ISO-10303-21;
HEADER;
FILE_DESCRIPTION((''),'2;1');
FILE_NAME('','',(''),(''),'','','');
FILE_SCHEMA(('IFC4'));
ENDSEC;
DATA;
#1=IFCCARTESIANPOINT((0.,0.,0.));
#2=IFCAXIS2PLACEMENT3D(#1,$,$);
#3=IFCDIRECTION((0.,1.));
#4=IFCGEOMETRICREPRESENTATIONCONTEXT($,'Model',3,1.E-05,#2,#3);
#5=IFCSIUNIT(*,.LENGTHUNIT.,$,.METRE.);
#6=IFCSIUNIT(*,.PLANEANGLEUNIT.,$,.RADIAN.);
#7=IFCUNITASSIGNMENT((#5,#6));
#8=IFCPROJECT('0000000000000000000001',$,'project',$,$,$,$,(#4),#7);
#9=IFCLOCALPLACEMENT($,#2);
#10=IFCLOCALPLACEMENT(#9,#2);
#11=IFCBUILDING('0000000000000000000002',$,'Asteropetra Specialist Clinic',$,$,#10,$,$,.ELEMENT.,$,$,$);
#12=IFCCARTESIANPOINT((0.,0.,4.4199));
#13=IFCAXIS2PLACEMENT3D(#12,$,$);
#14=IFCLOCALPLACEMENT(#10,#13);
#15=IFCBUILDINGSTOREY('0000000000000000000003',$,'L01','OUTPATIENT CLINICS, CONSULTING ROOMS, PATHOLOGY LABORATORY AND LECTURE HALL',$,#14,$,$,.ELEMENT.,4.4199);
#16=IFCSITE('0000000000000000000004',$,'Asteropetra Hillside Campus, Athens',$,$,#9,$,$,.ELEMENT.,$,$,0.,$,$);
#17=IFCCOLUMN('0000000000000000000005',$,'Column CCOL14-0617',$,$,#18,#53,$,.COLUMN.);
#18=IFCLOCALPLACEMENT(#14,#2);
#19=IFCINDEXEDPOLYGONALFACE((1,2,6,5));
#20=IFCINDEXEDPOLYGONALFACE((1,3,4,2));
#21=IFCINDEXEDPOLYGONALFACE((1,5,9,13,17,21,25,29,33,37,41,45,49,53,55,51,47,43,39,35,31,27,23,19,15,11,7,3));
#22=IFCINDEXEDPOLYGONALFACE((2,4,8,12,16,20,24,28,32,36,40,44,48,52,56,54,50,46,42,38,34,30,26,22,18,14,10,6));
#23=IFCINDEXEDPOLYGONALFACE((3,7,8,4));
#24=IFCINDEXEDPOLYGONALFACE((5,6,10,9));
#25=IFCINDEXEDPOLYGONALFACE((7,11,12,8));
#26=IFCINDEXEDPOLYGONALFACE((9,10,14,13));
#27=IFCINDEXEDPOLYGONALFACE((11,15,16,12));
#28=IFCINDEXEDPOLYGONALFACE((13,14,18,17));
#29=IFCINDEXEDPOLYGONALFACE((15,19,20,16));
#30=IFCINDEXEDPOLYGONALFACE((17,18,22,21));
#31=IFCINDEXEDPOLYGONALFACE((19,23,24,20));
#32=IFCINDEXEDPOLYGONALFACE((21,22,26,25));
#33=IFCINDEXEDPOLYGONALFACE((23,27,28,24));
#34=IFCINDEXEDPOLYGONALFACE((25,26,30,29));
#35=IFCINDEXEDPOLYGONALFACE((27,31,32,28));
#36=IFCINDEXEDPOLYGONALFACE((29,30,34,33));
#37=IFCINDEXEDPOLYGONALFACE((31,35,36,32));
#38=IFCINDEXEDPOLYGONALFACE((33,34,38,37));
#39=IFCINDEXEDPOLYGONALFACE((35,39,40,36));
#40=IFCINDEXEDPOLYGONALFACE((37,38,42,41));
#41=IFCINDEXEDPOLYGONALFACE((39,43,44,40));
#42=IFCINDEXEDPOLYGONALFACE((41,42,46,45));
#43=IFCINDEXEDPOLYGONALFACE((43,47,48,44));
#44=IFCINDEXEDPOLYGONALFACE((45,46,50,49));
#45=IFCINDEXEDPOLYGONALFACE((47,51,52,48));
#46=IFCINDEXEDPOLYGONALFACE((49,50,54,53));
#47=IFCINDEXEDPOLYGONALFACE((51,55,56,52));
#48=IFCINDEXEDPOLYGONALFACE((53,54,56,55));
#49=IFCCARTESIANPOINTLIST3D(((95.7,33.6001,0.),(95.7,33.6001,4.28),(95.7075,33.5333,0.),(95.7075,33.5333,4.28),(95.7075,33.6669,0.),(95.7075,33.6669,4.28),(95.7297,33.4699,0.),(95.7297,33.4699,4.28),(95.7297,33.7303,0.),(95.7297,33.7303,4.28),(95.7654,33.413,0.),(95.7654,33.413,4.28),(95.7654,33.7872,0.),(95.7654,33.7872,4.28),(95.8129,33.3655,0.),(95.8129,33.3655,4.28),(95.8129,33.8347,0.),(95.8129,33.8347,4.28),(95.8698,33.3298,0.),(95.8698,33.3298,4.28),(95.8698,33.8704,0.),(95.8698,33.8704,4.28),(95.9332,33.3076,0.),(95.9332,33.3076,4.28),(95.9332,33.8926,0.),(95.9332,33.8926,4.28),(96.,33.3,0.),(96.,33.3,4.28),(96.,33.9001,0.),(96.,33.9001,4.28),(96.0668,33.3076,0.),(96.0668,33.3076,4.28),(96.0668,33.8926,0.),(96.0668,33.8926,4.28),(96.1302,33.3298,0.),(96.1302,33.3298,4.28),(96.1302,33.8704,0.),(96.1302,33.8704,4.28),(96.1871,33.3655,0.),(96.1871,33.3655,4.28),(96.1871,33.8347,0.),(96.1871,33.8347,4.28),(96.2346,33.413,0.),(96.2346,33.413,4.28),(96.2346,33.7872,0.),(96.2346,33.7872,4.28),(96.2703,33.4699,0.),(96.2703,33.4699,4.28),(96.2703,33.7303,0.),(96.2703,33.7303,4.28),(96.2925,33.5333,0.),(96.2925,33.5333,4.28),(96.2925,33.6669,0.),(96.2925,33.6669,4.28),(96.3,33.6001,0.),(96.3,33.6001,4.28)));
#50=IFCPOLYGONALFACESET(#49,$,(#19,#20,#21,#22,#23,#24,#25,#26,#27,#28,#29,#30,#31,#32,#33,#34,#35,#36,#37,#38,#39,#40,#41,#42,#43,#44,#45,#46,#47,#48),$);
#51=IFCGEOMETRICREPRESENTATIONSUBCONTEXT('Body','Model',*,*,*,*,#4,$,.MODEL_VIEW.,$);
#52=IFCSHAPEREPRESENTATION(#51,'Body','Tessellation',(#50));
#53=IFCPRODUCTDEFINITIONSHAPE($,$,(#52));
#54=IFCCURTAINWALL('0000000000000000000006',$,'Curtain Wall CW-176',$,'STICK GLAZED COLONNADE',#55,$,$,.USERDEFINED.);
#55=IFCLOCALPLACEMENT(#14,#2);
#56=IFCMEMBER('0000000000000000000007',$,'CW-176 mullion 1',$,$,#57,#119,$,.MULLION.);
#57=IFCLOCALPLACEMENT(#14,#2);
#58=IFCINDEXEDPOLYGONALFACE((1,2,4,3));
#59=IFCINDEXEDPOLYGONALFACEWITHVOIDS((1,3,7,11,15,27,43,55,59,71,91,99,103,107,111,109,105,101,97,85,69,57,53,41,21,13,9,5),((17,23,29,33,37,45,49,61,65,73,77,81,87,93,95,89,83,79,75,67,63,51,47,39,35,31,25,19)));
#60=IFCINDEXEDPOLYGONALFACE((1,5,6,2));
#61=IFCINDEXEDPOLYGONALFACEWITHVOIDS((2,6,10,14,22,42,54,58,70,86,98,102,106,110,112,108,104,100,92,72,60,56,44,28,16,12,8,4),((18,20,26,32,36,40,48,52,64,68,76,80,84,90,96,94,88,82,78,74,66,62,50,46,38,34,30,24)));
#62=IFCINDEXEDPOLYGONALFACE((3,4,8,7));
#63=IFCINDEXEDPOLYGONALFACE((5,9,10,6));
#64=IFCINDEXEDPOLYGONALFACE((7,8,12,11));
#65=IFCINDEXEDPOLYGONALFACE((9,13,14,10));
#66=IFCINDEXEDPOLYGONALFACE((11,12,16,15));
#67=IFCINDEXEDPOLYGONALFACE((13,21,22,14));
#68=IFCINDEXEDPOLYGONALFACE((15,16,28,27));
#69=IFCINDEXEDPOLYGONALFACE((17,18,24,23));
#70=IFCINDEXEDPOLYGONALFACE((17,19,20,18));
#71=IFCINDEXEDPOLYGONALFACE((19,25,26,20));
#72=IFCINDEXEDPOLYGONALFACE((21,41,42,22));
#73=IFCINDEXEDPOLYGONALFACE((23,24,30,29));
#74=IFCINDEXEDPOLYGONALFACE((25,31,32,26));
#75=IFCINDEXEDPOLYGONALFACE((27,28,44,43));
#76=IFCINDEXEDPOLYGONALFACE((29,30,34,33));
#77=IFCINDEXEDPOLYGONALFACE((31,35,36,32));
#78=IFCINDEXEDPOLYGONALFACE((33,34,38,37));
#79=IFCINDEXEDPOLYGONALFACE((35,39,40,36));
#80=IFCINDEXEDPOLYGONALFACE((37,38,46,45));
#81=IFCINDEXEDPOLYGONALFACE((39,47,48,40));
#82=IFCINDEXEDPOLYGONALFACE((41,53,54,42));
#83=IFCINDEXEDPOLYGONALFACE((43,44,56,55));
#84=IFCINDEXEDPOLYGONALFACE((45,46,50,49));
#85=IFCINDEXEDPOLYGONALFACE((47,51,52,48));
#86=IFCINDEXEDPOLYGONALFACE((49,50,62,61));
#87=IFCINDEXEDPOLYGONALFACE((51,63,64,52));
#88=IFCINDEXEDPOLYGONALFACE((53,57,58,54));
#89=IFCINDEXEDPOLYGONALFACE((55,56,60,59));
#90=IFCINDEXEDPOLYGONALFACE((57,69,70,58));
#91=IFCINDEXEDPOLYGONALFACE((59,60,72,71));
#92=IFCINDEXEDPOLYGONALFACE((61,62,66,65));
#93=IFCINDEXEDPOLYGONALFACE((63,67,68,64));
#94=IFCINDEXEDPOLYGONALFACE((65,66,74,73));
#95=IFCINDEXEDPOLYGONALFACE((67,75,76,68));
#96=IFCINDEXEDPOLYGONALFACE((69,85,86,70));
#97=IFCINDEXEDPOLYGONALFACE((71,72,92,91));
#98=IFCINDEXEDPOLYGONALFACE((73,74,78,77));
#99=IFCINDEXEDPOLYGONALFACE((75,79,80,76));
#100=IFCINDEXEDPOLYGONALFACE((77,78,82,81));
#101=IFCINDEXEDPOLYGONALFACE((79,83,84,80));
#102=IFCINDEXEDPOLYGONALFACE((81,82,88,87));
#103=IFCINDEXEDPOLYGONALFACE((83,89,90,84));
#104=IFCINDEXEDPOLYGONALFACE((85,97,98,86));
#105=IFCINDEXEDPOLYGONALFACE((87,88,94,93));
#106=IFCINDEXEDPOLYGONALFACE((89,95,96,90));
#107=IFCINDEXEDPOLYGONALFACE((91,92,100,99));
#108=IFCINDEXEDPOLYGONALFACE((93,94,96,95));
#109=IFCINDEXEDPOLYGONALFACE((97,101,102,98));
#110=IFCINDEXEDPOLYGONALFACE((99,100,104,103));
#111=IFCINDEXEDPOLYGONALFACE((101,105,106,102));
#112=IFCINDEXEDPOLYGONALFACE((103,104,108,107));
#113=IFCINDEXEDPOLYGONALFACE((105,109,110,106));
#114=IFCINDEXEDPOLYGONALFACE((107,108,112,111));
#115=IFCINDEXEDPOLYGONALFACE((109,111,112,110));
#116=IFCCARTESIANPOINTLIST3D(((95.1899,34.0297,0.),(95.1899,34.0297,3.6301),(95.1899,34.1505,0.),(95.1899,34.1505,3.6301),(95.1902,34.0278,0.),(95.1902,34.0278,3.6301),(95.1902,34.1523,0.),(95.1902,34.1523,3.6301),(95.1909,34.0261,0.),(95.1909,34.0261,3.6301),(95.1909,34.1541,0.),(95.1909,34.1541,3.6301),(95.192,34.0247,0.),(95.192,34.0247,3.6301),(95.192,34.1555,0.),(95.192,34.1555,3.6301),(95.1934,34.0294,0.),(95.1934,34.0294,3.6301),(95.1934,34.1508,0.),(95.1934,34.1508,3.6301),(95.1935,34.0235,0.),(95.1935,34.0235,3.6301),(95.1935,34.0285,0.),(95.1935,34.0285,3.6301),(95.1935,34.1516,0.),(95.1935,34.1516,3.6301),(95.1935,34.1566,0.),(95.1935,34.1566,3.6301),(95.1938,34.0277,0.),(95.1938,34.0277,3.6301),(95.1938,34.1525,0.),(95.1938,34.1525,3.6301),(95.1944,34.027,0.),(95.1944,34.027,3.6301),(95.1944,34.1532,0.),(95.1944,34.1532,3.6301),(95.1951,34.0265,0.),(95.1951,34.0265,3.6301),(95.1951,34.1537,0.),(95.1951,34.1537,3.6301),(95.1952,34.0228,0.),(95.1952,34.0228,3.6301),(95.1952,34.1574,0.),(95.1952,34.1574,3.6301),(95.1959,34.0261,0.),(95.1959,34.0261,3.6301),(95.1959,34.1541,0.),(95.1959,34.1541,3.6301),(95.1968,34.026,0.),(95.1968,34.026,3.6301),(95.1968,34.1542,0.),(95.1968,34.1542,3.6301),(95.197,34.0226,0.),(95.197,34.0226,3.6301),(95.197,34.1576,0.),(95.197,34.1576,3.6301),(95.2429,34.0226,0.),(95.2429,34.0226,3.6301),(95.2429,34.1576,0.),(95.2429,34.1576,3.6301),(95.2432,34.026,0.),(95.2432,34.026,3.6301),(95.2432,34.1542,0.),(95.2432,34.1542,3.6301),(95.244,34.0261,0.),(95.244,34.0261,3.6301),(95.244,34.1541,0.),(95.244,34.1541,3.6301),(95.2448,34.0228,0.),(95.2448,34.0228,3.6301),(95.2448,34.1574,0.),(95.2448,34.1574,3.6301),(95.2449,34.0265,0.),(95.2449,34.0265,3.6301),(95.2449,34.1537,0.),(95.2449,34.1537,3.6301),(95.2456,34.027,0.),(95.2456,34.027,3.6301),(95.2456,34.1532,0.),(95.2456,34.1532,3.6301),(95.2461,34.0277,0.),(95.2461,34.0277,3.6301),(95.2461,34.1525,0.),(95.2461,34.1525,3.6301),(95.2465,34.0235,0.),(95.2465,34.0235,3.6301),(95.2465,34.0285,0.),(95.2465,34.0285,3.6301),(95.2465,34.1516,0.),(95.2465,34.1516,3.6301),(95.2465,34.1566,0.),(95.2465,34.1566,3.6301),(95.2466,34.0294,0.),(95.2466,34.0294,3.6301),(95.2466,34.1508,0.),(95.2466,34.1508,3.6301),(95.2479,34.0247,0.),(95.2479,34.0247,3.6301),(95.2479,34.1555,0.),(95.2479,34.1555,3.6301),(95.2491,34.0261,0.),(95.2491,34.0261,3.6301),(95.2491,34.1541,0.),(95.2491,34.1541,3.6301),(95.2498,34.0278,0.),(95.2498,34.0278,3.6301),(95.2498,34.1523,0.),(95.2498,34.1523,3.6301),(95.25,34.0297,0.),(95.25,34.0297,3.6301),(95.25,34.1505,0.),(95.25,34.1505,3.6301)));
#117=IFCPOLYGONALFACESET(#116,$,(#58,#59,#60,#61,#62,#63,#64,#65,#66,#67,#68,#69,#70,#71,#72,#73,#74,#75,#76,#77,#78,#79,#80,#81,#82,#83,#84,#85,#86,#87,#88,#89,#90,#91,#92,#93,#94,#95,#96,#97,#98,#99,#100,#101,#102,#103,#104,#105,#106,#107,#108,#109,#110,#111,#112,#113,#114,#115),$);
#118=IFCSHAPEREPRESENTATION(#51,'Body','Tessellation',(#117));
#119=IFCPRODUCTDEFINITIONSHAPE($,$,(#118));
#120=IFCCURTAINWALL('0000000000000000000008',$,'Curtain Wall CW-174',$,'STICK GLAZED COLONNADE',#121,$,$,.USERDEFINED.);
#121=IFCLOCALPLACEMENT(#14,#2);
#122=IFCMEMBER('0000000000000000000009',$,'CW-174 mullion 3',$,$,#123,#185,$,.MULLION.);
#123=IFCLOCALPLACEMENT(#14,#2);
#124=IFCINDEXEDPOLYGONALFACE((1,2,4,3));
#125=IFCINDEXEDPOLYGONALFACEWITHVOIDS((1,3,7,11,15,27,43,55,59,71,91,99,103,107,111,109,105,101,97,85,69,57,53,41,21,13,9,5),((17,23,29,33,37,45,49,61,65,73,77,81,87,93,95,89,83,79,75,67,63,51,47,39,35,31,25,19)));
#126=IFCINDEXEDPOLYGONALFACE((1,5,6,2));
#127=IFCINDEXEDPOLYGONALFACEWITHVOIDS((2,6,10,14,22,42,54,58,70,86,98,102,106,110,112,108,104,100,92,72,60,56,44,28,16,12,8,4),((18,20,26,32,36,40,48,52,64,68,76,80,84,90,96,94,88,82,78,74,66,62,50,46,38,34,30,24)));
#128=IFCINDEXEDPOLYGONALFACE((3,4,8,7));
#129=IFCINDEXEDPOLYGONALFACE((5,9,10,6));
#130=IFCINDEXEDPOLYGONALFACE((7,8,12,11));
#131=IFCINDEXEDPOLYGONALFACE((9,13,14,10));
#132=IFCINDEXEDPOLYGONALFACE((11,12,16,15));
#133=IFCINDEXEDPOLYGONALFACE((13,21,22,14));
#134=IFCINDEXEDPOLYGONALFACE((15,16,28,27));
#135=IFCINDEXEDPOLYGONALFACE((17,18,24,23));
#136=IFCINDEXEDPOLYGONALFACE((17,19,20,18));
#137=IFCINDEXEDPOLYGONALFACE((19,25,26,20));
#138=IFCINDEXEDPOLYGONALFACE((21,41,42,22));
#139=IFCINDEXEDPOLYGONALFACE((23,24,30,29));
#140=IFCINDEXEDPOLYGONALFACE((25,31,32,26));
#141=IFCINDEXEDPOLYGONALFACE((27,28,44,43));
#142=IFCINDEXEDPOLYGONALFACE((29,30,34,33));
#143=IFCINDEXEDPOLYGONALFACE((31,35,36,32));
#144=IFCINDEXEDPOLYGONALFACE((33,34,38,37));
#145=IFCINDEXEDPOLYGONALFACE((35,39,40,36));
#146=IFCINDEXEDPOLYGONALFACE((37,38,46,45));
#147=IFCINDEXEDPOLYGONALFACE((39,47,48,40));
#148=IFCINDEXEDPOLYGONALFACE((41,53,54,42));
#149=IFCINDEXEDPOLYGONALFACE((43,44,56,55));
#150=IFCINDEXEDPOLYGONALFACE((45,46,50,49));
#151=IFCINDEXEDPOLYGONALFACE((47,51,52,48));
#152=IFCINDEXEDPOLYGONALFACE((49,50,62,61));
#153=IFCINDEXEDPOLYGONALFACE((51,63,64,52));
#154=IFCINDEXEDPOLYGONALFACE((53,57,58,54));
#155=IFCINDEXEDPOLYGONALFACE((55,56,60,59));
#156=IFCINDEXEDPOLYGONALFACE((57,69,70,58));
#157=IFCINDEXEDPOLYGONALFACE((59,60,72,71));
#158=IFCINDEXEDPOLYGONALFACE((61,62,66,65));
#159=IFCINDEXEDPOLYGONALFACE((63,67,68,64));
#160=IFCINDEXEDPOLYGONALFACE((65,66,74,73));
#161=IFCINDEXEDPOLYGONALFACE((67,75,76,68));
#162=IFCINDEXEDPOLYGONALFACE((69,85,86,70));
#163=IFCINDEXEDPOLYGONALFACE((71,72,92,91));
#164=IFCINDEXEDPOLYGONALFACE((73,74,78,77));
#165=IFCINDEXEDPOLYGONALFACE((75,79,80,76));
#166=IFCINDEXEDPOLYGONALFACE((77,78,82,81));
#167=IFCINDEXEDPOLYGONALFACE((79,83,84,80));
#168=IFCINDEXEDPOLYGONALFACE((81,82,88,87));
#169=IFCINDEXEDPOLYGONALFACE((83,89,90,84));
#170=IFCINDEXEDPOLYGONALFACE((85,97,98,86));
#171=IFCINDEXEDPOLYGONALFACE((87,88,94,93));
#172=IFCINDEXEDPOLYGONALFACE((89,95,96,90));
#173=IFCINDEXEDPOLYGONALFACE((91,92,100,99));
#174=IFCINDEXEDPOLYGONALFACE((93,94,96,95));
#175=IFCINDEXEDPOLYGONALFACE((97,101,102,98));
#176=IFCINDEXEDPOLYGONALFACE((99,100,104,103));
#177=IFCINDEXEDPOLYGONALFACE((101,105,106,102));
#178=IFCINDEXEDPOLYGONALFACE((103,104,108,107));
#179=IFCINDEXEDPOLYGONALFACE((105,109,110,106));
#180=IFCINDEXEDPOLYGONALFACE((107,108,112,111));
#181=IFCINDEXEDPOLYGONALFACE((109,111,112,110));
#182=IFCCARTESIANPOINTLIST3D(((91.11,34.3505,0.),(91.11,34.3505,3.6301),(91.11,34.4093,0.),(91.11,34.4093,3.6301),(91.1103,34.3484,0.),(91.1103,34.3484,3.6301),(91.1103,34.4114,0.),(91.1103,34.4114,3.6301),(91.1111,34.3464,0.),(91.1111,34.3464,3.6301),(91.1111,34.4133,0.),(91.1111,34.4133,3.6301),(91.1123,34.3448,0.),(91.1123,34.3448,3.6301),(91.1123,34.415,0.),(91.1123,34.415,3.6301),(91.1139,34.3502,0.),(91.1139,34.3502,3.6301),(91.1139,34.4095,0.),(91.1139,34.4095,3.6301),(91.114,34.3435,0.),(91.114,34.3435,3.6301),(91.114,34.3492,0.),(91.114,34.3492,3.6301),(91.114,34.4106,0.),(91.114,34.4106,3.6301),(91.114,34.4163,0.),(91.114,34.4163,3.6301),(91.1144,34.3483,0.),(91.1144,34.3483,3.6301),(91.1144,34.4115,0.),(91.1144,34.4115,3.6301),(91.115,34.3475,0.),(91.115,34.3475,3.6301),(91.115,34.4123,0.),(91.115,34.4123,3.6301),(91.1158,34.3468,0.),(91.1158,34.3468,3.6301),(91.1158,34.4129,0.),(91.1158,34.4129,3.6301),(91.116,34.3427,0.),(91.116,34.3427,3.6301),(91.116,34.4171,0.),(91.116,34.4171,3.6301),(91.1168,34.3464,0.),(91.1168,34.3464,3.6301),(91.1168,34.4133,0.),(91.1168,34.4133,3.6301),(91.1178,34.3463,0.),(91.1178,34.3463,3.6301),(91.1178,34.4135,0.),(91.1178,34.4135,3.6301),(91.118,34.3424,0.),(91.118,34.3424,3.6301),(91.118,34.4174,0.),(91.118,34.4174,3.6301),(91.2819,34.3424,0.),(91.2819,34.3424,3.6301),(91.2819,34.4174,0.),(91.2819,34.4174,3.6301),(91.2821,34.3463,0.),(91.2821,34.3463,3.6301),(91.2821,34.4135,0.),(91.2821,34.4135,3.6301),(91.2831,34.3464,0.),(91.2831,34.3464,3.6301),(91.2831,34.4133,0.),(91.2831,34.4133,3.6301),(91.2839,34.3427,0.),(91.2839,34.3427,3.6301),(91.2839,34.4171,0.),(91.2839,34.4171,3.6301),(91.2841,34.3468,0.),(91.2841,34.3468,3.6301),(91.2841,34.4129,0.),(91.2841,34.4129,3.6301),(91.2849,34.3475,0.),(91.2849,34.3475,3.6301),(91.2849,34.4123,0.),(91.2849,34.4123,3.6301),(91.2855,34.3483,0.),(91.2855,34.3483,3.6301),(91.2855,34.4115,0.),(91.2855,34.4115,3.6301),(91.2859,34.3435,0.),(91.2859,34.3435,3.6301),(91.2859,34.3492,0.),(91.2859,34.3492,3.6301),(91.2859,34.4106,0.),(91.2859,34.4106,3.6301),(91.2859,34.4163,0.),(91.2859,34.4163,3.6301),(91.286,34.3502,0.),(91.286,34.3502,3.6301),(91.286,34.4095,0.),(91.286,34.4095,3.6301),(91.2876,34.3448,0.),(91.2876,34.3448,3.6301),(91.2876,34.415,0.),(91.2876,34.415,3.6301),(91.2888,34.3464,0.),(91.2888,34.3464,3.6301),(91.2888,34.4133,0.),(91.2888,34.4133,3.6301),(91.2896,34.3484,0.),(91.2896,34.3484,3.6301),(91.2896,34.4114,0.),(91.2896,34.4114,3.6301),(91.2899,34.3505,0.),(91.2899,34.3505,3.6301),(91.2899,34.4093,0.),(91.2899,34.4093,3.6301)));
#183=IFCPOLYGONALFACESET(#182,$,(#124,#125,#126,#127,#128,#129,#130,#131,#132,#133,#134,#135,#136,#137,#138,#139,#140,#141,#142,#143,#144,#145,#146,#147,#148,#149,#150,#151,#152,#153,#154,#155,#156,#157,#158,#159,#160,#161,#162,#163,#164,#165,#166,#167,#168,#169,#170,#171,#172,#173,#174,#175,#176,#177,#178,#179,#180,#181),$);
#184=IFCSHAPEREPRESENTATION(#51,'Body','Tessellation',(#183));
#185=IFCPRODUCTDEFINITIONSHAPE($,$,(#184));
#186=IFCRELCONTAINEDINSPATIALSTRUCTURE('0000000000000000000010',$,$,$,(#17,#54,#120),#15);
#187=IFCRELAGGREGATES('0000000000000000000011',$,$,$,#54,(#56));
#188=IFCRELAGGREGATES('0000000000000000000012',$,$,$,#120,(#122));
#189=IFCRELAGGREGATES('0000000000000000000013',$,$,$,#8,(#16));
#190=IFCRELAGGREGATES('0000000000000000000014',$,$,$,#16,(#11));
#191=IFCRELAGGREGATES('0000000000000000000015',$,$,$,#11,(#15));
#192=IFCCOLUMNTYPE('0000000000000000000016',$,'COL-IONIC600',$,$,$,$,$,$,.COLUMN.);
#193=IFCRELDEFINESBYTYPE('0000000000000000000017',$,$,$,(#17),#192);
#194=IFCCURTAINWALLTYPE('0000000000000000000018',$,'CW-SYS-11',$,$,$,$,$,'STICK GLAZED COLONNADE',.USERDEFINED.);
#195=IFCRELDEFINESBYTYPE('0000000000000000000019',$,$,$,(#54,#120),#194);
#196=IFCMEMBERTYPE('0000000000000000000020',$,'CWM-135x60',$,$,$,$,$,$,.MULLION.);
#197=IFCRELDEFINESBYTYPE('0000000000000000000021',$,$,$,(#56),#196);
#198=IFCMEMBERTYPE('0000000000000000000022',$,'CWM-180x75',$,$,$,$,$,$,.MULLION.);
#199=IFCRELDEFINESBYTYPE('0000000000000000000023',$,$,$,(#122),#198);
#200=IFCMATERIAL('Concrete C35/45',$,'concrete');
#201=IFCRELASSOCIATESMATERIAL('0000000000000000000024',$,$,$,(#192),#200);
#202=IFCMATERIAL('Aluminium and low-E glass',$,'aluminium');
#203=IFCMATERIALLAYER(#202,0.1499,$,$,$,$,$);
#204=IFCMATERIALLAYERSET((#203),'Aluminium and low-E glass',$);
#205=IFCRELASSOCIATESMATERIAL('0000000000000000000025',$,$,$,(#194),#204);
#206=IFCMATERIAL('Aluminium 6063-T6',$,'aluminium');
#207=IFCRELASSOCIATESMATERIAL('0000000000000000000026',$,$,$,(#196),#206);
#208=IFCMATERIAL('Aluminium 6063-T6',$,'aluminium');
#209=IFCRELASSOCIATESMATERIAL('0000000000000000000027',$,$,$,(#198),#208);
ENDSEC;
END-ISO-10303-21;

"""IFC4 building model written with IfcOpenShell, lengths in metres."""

from ifc_helpers import new_model, si_unit, direction, frame, origin, origin_2d, place, context, subcontext, project, spatial, hollow_rectangle, circle, extrude, material, layer, layer_set, material_profile, profile_set, type_object, element, aggregate, save


model = new_model("IFC4")

# Units and contexts
model_context = context("Model", 3, precision=1e-05, world=origin(), true_north=direction((0.0, 1.0)))
body_context = subcontext(model_context, "Body", "Model", "MODEL_VIEW")
ifc_project = project(units=[si_unit("LENGTHUNIT", "METRE"), si_unit("PLANEANGLEUNIT", "RADIAN")], contexts=[model_context])

# Site, building, storey
site_placement = place(None, origin())
site = spatial("IfcSite", under=ifc_project, at=site_placement, Name="Asteropetra Hillside Campus, Athens", CompositionType="ELEMENT", RefElevation=0.0)
building_placement = place(site_placement, origin())
building = spatial("IfcBuilding", under=site, at=building_placement, Name="Asteropetra Specialist Clinic", CompositionType="ELEMENT")
storey_placement = place(building_placement, frame((0.0, 0.0, 4.4199)))
storey = spatial("IfcBuildingStorey", under=building, at=storey_placement, Name="L01", Description="OUTPATIENT CLINICS, CONSULTING ROOMS, PATHOLOGY LABORATORY AND LECTURE HALL", CompositionType="ELEMENT", Elevation=4.4199)

# Column
ifc_material_1 = material(Name="Concrete C35/45", Category="concrete")
ifc_material_profile_1 = material_profile(ifc_material_1, circle(Radius=0.3, at=origin_2d()), Name="RCC D600")
ifc_profile_set_1 = profile_set([ifc_material_profile_1], Name="Concrete C35/45")
column_type = type_object("IfcColumnType", Name="COL-IONIC600", PredefinedType="COLUMN", material=ifc_profile_set_1)
column_placement = place(storey_placement, frame((96.0, 33.6001, 0.0), z_axis=(0.0, 0.0, 1.0), x_axis=(1.0, 0.0, 0.0)))
element("IfcColumn", 1, at=column_placement, inside=storey, type_object=column_type, Name="Column CCOL14-0617", PredefinedType="COLUMN", context=body_context, shape_type="SweptSolid", body=[
    extrude(circle(Radius=0.3, at=origin_2d()), origin(), (0.0, 0.0, 1.0), 4.28),
])

# Curtain wall, member
ifc_material_2 = material(Name="Aluminium and low-E glass", Category="aluminium")
ifc_layer_1 = layer(ifc_material_2, 0.1499)
ifc_layer_set_1 = layer_set([ifc_layer_1], Name="Aluminium and low-E glass")
curtain_wall_type = type_object("IfcCurtainWallType", Name="CW-SYS-11", ElementType="STICK GLAZED COLONNADE", PredefinedType="USERDEFINED", material=ifc_layer_set_1)
curtain_wall_1_placement = place(storey_placement, origin())
curtain_wall_1 = element("IfcCurtainWall", 2, at=curtain_wall_1_placement, inside=storey, type_object=curtain_wall_type, Name="Curtain Wall CW-176", ObjectType="STICK GLAZED COLONNADE", PredefinedType="USERDEFINED")
ifc_material_3 = material(Name="Aluminium 6063-T6", Category="aluminium")
ifc_material_profile_2 = material_profile(ifc_material_3, hollow_rectangle(XDim=0.0601, YDim=0.135, WallThickness=0.0034, InnerFilletRadius=0.0034, OuterFilletRadius=0.0071, at=origin_2d()), Name="MUL 135x60x3.5")
ifc_profile_set_2 = profile_set([ifc_material_profile_2], Name="Aluminium 6063-T6")
member_type_1 = type_object("IfcMemberType", Name="CWM-135x60", PredefinedType="MULLION", material=ifc_profile_set_2)
member_1_placement = place(storey_placement, frame((95.22, 34.0901, 0.0), z_axis=(0.0, 0.0, 1.0), x_axis=(-1.0, 0.0, 0.0)))
member_1 = element("IfcMember", 3, at=member_1_placement, type_object=member_type_1, Name="CW-176 mullion 1", PredefinedType="MULLION", context=body_context, shape_type="SweptSolid", body=[
    extrude(hollow_rectangle(XDim=0.0601, YDim=0.135, WallThickness=0.0034, InnerFilletRadius=0.0034, OuterFilletRadius=0.0071, at=origin_2d()), origin(), (0.0, 0.0, 1.0), 3.6301),
])

# Curtain wall, member
curtain_wall_2_placement = place(storey_placement, origin())
curtain_wall_2 = element("IfcCurtainWall", 4, at=curtain_wall_2_placement, inside=storey, type_object=curtain_wall_type, Name="Curtain Wall CW-174", ObjectType="STICK GLAZED COLONNADE", PredefinedType="USERDEFINED")
ifc_material_4 = material(Name="Aluminium 6063-T6", Category="aluminium")
ifc_material_profile_3 = material_profile(ifc_material_4, hollow_rectangle(XDim=0.075, YDim=0.1799, WallThickness=0.0039, InnerFilletRadius=0.0039, OuterFilletRadius=0.0081, at=origin_2d()), Name="MUL 180x75x4.0")
ifc_profile_set_3 = profile_set([ifc_material_profile_3], Name="Aluminium 6063-T6")
member_type_2 = type_object("IfcMemberType", Name="CWM-180x75", PredefinedType="MULLION", material=ifc_profile_set_3)
member_2_placement = place(storey_placement, frame((91.2, 34.3799, 0.0), z_axis=(0.0, 0.0, 1.0), x_axis=(0.0, 1.0, 0.0)))
member_2 = element("IfcMember", 5, at=member_2_placement, type_object=member_type_2, Name="CW-174 mullion 3", PredefinedType="MULLION", context=body_context, shape_type="SweptSolid", body=[
    extrude(hollow_rectangle(XDim=0.075, YDim=0.1799, WallThickness=0.0039, InnerFilletRadius=0.0039, OuterFilletRadius=0.0081, at=origin_2d()), origin(), (0.0, 0.0, 1.0), 3.6301),
])

aggregate(curtain_wall_1, [member_1])

aggregate(curtain_wall_2, [member_2])

save(model, "model.ifc")
